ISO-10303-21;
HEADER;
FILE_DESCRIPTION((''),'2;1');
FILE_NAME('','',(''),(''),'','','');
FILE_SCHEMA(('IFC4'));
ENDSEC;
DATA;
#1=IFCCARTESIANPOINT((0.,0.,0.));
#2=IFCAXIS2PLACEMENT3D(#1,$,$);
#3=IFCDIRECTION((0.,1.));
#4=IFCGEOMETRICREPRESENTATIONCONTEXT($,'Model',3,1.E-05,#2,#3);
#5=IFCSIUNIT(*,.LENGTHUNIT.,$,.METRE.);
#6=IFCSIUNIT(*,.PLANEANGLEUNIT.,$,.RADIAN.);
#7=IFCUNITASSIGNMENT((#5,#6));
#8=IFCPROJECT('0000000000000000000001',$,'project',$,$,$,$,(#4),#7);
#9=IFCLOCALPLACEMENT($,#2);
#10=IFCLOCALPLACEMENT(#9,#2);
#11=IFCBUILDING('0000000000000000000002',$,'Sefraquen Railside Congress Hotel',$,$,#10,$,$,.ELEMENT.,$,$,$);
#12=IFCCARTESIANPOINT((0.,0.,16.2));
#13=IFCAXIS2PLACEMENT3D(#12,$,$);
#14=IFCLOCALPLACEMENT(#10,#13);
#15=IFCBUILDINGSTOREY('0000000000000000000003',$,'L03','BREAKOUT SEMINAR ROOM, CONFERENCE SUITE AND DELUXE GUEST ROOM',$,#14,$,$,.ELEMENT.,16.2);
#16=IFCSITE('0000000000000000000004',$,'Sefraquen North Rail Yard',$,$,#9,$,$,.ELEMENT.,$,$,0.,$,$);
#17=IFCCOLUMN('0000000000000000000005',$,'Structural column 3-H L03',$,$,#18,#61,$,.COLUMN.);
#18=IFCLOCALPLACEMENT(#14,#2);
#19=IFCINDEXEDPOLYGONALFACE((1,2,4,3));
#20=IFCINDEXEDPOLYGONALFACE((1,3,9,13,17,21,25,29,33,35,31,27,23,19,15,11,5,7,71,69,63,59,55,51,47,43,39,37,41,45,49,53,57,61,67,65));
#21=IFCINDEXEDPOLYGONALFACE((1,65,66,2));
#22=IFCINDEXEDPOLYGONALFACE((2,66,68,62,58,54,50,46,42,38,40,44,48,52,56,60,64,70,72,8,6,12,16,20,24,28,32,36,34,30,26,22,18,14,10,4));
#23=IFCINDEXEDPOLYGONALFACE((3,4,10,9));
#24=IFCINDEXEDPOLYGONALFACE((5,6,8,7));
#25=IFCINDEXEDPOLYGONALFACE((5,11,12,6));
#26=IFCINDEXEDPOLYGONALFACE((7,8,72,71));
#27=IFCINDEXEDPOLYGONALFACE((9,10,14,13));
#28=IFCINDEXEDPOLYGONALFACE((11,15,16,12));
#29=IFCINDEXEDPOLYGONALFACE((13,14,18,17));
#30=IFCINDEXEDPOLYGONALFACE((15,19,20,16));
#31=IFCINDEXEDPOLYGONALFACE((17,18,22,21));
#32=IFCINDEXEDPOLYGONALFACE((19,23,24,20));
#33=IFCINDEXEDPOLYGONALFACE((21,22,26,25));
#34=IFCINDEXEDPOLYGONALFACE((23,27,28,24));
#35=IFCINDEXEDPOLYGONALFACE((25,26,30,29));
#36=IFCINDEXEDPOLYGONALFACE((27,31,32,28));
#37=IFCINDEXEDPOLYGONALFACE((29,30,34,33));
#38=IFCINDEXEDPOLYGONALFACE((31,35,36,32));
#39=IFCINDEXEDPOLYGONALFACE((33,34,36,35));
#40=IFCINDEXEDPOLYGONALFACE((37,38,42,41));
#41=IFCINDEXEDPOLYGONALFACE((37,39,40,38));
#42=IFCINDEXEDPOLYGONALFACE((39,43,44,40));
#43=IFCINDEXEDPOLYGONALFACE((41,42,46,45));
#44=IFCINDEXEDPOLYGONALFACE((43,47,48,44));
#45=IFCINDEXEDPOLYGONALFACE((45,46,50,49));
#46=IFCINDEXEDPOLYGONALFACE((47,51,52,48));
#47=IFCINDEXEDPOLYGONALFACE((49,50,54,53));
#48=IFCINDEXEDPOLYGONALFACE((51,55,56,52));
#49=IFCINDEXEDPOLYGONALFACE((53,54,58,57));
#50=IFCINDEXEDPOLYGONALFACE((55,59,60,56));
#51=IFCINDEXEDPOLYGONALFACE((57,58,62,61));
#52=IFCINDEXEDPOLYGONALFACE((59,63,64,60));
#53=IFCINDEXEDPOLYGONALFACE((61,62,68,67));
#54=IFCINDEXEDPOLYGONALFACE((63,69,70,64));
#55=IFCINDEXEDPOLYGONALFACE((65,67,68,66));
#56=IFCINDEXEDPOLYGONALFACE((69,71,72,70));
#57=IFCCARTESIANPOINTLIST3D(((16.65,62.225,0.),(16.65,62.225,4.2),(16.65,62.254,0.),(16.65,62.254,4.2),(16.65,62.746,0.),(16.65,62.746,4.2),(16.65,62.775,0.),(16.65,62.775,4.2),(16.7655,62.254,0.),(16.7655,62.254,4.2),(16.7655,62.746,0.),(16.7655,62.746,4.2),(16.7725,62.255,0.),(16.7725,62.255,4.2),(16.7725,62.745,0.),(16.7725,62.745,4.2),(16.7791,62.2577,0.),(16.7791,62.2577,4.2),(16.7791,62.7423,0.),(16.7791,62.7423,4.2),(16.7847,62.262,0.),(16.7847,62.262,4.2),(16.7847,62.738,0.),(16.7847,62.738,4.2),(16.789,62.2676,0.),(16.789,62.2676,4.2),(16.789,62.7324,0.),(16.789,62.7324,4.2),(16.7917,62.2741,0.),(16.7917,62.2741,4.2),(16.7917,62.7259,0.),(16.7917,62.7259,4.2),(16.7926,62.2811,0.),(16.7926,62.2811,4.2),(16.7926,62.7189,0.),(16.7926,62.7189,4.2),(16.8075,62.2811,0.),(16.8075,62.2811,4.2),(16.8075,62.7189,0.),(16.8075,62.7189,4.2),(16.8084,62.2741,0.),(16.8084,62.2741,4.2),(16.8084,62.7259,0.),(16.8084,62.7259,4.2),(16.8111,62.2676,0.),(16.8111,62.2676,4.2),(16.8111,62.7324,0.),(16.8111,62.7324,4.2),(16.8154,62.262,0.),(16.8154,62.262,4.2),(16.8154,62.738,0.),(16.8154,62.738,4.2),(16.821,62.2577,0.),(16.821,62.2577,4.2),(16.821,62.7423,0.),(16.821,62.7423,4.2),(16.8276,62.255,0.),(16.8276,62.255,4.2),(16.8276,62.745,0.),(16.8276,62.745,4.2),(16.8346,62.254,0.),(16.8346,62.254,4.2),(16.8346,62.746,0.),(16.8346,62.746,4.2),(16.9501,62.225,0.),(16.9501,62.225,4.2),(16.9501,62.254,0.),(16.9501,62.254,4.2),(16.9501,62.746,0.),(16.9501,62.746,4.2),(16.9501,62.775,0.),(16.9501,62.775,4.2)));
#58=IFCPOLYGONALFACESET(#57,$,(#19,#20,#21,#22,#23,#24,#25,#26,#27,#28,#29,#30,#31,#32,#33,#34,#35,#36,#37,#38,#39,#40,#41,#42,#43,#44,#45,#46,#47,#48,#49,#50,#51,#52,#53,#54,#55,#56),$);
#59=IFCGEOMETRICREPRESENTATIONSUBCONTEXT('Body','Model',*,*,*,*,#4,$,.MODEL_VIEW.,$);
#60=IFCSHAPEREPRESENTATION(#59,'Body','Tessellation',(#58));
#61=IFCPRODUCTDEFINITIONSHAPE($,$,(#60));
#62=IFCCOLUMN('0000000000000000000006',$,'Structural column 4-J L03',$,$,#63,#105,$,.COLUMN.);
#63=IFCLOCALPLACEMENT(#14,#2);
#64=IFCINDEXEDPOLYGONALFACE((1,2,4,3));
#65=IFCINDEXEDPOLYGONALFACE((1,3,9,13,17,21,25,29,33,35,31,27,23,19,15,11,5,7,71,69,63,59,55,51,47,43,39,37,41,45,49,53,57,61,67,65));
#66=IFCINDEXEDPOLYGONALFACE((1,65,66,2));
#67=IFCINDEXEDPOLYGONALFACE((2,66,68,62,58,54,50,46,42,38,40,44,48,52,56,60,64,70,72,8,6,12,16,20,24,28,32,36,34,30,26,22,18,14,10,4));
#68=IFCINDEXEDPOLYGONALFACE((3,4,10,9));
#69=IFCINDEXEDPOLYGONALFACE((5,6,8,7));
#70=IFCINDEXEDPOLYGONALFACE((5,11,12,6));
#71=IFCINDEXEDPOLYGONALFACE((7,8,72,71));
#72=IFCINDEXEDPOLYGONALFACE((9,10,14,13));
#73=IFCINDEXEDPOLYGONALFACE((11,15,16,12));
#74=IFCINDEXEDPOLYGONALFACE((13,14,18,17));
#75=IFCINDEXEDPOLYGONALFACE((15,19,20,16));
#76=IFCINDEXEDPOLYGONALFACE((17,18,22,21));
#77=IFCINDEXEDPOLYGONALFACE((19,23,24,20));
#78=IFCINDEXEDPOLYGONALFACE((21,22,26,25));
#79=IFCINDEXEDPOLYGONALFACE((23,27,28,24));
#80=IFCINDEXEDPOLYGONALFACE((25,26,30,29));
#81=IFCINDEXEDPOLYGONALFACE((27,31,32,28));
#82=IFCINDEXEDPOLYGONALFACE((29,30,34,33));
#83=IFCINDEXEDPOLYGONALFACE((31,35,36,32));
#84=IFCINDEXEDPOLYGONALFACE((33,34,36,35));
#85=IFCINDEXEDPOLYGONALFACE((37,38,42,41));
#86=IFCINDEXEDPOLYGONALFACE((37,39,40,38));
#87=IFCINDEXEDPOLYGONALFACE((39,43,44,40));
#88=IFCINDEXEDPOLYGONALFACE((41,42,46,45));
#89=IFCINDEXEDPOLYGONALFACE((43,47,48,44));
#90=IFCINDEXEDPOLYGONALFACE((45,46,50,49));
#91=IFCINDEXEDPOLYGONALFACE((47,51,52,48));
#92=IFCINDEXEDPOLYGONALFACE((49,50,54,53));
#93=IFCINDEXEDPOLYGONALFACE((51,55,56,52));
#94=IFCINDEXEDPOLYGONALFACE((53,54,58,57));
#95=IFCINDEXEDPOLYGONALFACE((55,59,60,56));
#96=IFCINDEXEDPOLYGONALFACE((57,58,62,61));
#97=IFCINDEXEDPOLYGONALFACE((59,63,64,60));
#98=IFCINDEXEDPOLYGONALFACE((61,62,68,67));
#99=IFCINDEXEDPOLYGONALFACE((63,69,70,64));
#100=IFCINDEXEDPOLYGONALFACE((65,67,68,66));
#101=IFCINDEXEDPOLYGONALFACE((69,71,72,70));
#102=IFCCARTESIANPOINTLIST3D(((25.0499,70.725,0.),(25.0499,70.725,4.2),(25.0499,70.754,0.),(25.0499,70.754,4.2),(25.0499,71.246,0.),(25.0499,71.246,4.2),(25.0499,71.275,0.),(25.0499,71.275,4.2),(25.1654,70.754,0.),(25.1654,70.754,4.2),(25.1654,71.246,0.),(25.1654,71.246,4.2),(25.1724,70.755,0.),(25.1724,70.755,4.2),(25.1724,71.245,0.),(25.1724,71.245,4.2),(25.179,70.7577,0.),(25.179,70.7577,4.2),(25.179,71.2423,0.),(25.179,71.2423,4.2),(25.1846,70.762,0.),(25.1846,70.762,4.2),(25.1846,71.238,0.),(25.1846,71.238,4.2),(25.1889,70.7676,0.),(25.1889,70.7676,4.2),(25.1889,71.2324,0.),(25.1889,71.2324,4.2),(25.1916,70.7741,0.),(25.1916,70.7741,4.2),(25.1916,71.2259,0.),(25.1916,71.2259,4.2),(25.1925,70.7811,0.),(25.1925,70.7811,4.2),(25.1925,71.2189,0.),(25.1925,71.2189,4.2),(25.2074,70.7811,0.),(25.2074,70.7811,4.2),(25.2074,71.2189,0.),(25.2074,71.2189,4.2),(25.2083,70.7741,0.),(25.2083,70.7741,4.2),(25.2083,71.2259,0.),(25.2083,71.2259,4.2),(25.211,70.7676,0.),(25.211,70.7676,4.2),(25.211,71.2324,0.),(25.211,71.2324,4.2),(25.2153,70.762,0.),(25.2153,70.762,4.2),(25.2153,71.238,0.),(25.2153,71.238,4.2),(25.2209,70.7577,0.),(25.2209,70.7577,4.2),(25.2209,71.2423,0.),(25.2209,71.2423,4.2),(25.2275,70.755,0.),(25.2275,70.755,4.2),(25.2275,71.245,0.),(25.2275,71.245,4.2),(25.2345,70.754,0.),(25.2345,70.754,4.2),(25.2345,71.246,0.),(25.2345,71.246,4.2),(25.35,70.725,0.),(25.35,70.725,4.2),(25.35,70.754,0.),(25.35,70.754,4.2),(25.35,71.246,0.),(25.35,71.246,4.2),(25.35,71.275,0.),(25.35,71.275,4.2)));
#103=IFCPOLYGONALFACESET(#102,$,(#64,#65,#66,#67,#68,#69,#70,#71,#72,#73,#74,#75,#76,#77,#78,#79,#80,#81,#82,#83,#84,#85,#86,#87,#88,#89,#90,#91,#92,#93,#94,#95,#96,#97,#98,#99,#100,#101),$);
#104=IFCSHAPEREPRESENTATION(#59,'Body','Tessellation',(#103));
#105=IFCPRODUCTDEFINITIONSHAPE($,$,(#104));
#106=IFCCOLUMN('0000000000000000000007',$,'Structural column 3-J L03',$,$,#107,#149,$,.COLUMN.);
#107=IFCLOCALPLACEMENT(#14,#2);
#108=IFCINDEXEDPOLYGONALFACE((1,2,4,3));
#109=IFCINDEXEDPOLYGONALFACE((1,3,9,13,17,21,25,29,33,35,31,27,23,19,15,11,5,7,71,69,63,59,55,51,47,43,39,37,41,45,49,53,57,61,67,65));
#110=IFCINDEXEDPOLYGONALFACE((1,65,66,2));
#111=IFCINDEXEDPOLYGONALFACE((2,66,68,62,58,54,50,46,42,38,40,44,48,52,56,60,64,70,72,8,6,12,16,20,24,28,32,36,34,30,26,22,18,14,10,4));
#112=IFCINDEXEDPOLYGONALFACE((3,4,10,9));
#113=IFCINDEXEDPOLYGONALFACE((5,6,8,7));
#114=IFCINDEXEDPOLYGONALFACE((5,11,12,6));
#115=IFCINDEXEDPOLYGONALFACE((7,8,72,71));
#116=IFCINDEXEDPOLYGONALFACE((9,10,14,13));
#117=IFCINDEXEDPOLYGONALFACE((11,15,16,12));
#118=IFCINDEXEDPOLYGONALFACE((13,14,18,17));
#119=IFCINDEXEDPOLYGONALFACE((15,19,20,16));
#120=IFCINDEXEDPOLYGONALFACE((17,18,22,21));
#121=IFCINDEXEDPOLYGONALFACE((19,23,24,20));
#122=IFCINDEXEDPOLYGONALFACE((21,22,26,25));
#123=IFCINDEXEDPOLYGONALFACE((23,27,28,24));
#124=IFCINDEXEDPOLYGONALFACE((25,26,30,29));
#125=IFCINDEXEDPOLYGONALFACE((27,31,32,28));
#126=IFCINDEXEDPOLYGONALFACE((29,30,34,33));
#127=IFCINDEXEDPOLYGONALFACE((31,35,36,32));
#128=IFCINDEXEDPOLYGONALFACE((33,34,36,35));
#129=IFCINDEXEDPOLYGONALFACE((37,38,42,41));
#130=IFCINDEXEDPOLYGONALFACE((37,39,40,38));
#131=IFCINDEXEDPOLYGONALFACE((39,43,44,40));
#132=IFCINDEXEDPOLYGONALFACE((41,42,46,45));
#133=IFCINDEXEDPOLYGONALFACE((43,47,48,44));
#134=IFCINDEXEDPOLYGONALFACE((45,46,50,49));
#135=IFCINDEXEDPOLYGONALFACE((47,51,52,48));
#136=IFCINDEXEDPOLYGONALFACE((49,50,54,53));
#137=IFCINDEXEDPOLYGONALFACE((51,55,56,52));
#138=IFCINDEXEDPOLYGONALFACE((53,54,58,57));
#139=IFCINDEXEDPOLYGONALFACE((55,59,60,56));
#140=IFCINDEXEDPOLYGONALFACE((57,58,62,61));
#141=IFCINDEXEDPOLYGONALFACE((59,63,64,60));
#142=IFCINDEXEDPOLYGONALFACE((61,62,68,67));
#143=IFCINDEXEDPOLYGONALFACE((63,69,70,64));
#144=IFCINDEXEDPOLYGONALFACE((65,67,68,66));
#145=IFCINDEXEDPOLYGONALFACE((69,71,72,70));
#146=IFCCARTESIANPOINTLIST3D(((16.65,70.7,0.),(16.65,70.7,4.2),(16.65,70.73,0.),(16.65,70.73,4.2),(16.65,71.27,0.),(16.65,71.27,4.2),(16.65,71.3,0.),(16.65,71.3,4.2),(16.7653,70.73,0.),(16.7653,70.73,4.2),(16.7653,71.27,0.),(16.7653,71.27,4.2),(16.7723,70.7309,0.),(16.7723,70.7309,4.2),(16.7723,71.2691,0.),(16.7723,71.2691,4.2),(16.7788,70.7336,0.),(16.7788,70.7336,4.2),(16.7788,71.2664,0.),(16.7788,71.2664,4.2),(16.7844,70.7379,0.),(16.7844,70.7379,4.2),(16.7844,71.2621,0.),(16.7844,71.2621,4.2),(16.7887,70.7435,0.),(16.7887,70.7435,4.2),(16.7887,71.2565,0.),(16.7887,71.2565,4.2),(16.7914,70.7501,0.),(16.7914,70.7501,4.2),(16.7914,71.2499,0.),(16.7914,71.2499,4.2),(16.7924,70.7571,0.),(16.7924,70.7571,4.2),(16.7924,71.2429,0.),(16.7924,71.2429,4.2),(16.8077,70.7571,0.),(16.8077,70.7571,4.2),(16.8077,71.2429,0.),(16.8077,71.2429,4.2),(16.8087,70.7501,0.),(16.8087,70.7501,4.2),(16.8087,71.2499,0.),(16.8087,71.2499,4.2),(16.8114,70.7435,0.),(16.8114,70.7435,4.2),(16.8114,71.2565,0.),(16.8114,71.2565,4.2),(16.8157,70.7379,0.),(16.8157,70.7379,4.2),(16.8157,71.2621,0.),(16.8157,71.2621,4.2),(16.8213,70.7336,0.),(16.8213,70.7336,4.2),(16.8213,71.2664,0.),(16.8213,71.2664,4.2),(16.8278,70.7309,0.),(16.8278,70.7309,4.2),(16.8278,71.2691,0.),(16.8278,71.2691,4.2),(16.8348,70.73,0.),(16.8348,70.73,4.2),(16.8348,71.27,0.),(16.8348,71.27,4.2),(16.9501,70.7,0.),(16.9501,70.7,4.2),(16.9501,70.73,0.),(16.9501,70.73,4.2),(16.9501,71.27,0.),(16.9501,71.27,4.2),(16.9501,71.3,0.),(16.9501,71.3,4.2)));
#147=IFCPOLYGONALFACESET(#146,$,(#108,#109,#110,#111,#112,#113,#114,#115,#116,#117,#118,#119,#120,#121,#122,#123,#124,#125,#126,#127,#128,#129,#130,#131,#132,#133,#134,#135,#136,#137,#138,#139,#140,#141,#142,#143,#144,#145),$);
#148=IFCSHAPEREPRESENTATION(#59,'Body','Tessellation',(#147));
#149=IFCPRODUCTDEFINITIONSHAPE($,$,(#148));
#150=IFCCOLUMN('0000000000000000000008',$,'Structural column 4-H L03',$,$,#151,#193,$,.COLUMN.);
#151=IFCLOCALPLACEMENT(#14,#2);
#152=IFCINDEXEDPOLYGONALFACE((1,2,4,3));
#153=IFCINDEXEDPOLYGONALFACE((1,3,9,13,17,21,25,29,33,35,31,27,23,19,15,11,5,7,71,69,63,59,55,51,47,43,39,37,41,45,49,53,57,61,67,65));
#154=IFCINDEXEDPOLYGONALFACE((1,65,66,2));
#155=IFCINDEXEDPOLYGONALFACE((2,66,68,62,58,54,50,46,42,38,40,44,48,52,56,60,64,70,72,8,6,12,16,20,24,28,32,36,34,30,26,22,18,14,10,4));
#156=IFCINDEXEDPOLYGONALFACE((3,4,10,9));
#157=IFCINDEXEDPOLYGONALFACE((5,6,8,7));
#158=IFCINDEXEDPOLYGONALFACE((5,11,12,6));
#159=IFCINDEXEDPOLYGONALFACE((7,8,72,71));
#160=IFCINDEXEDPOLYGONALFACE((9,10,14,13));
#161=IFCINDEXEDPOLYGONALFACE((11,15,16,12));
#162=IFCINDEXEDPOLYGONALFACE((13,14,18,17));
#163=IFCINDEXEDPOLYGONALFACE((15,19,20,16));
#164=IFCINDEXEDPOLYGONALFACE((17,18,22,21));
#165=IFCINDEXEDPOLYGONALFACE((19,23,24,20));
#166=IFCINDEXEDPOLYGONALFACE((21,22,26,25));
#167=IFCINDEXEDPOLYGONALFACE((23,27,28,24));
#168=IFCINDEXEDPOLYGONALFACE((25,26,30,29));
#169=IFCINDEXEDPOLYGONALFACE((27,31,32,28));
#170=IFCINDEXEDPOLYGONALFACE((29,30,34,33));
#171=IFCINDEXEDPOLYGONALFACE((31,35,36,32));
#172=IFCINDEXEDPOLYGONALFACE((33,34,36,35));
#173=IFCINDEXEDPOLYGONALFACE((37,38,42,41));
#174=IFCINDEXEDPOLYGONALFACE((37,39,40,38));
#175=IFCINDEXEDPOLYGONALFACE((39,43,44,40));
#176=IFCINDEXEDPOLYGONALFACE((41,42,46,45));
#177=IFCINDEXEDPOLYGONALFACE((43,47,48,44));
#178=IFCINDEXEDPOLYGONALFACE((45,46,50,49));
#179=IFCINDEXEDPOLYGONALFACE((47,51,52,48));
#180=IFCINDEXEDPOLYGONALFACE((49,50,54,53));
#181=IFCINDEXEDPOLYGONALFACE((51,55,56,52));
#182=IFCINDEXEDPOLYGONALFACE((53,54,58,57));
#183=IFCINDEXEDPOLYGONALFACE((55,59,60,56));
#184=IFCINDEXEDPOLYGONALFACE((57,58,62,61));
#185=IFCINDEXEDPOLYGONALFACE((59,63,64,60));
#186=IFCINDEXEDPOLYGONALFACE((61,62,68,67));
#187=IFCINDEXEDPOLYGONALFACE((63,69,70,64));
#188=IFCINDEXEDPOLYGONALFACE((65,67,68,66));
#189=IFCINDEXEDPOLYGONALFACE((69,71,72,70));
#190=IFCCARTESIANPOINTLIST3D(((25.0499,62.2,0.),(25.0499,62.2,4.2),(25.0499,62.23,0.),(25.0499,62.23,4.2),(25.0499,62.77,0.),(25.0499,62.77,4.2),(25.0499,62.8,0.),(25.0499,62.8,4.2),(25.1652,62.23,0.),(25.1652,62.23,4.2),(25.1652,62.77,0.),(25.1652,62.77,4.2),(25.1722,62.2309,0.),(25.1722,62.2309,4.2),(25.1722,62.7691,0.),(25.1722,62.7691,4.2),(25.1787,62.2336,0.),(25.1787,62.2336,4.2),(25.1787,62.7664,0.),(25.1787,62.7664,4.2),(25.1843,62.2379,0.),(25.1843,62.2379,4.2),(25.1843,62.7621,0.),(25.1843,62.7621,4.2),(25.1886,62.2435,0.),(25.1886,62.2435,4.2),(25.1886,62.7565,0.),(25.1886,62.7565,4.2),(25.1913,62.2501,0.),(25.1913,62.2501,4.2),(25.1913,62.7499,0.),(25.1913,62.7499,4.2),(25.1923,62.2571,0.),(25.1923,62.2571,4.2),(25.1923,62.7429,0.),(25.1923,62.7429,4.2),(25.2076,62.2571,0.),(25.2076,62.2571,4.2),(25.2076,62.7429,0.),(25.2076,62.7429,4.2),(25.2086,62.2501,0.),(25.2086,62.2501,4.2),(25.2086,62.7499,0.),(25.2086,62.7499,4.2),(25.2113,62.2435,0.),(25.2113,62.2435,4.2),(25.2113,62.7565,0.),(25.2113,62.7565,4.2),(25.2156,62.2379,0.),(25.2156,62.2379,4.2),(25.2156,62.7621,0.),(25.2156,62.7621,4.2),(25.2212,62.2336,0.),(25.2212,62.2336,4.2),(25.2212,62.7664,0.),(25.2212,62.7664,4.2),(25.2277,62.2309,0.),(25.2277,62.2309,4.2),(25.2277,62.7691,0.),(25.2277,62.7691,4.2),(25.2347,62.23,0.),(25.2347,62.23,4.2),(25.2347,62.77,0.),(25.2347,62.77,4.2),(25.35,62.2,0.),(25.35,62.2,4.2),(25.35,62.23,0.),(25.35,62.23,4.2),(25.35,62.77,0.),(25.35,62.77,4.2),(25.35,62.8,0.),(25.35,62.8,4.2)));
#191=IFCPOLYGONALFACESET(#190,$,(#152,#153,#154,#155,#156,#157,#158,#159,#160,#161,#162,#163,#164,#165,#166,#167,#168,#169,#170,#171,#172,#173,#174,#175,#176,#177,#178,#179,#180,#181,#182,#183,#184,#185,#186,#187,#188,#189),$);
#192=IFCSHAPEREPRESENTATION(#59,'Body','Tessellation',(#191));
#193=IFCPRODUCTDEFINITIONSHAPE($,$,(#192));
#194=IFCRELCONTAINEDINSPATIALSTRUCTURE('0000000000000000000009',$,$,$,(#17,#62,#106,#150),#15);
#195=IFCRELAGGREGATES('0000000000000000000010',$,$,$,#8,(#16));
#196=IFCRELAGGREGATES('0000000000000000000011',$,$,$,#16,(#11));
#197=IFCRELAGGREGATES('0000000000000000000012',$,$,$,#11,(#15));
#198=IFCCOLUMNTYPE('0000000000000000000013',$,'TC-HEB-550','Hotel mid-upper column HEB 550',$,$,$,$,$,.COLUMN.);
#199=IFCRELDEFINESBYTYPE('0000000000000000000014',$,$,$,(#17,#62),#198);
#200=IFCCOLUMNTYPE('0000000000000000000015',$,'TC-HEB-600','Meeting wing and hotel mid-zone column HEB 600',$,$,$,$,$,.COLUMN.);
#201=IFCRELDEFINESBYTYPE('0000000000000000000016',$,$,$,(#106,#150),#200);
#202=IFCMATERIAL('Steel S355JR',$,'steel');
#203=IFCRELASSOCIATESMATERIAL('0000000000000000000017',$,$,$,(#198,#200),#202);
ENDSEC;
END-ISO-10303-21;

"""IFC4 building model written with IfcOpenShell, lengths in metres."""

from ifc_helpers import new_model, si_unit, direction, frame, origin, origin_2d, place, context, subcontext, project, spatial, i_section, extrude, material, material_profile, profile_set, type_object, element, save


model = new_model("IFC4")

# Units and contexts
model_context = context("Model", 3, precision=1e-05, world=origin(), true_north=direction((0.0, 1.0)))
body_context = subcontext(model_context, "Body", "Model", "MODEL_VIEW")
ifc_project = project(units=[si_unit("LENGTHUNIT", "METRE"), si_unit("PLANEANGLEUNIT", "RADIAN")], contexts=[model_context])

# Site, building, storey
site_placement = place(None, origin())
site = spatial("IfcSite", under=ifc_project, at=site_placement, Name="Sefraquen North Rail Yard", CompositionType="ELEMENT", RefElevation=0.0)
building_placement = place(site_placement, origin())
building = spatial("IfcBuilding", under=site, at=building_placement, Name="Sefraquen Railside Congress Hotel", CompositionType="ELEMENT")
storey_placement = place(building_placement, frame((0.0, 0.0, 16.2)))
storey = spatial("IfcBuildingStorey", under=building, at=storey_placement, Name="L03", Description="BREAKOUT SEMINAR ROOM, CONFERENCE SUITE AND DELUXE GUEST ROOM", CompositionType="ELEMENT", Elevation=16.2)

# Columns
ifc_material_1 = material(Name="Steel S355JR", Category="steel")
ifc_material_profile_1 = material_profile(ifc_material_1, i_section(OverallWidth=0.3, OverallDepth=0.55, WebThickness=0.0149, FlangeThickness=0.0291, FilletRadius=0.0271, at=origin_2d()), Name="HEB 550")
ifc_profile_set_1 = profile_set([ifc_material_profile_1], Name="Steel S355JR")
column_type_1 = type_object("IfcColumnType", Name="TC-HEB-550", Description="Hotel mid-upper column HEB 550", PredefinedType="COLUMN", material=ifc_profile_set_1)
for number, where, z_axis, x_axis, name in (
    (1, (16.8, 62.5, 0.0), (0.0, 0.0, 1.0), (1.0, 0.0, 0.0), "Structural column 3-H L03"),
    (2, (25.2, 71.0, 0.0), (0.0, 0.0, 1.0), (1.0, 0.0, 0.0), "Structural column 4-J L03"),
):
    element("IfcColumn", number, at=place(storey_placement, frame(where, z_axis=z_axis, x_axis=x_axis)), inside=storey, type_object=column_type_1, Name=name, PredefinedType="COLUMN", context=body_context, shape_type="SweptSolid", body=[
        extrude(i_section(OverallWidth=0.3, OverallDepth=0.55, WebThickness=0.0149, FlangeThickness=0.0291, FilletRadius=0.0271, at=origin_2d()), origin(), (0.0, 0.0, 1.0), 4.2),
    ])
ifc_material_profile_2 = material_profile(ifc_material_1, i_section(OverallWidth=0.3, OverallDepth=0.6001, WebThickness=0.0154, FlangeThickness=0.03, FilletRadius=0.0271, at=origin_2d()), Name="HEB 600")
ifc_profile_set_2 = profile_set([ifc_material_profile_2], Name="Steel S355JR")
column_type_2 = type_object("IfcColumnType", Name="TC-HEB-600", Description="Meeting wing and hotel mid-zone column HEB 600", PredefinedType="COLUMN", material=ifc_profile_set_2)
for number, where, z_axis, x_axis, name in (
    (3, (16.8, 71.0, 0.0), (0.0, 0.0, 1.0), (1.0, 0.0, 0.0), "Structural column 3-J L03"),
    (4, (25.2, 62.5, 0.0), (0.0, 0.0, 1.0), (1.0, 0.0, 0.0), "Structural column 4-H L03"),
):
    element("IfcColumn", number, at=place(storey_placement, frame(where, z_axis=z_axis, x_axis=x_axis)), inside=storey, type_object=column_type_2, Name=name, PredefinedType="COLUMN", context=body_context, shape_type="SweptSolid", body=[
        extrude(i_section(OverallWidth=0.3, OverallDepth=0.6001, WebThickness=0.0154, FlangeThickness=0.03, FilletRadius=0.0271, at=origin_2d()), origin(), (0.0, 0.0, 1.0), 4.2),
    ])

save(model, "model.ifc")
